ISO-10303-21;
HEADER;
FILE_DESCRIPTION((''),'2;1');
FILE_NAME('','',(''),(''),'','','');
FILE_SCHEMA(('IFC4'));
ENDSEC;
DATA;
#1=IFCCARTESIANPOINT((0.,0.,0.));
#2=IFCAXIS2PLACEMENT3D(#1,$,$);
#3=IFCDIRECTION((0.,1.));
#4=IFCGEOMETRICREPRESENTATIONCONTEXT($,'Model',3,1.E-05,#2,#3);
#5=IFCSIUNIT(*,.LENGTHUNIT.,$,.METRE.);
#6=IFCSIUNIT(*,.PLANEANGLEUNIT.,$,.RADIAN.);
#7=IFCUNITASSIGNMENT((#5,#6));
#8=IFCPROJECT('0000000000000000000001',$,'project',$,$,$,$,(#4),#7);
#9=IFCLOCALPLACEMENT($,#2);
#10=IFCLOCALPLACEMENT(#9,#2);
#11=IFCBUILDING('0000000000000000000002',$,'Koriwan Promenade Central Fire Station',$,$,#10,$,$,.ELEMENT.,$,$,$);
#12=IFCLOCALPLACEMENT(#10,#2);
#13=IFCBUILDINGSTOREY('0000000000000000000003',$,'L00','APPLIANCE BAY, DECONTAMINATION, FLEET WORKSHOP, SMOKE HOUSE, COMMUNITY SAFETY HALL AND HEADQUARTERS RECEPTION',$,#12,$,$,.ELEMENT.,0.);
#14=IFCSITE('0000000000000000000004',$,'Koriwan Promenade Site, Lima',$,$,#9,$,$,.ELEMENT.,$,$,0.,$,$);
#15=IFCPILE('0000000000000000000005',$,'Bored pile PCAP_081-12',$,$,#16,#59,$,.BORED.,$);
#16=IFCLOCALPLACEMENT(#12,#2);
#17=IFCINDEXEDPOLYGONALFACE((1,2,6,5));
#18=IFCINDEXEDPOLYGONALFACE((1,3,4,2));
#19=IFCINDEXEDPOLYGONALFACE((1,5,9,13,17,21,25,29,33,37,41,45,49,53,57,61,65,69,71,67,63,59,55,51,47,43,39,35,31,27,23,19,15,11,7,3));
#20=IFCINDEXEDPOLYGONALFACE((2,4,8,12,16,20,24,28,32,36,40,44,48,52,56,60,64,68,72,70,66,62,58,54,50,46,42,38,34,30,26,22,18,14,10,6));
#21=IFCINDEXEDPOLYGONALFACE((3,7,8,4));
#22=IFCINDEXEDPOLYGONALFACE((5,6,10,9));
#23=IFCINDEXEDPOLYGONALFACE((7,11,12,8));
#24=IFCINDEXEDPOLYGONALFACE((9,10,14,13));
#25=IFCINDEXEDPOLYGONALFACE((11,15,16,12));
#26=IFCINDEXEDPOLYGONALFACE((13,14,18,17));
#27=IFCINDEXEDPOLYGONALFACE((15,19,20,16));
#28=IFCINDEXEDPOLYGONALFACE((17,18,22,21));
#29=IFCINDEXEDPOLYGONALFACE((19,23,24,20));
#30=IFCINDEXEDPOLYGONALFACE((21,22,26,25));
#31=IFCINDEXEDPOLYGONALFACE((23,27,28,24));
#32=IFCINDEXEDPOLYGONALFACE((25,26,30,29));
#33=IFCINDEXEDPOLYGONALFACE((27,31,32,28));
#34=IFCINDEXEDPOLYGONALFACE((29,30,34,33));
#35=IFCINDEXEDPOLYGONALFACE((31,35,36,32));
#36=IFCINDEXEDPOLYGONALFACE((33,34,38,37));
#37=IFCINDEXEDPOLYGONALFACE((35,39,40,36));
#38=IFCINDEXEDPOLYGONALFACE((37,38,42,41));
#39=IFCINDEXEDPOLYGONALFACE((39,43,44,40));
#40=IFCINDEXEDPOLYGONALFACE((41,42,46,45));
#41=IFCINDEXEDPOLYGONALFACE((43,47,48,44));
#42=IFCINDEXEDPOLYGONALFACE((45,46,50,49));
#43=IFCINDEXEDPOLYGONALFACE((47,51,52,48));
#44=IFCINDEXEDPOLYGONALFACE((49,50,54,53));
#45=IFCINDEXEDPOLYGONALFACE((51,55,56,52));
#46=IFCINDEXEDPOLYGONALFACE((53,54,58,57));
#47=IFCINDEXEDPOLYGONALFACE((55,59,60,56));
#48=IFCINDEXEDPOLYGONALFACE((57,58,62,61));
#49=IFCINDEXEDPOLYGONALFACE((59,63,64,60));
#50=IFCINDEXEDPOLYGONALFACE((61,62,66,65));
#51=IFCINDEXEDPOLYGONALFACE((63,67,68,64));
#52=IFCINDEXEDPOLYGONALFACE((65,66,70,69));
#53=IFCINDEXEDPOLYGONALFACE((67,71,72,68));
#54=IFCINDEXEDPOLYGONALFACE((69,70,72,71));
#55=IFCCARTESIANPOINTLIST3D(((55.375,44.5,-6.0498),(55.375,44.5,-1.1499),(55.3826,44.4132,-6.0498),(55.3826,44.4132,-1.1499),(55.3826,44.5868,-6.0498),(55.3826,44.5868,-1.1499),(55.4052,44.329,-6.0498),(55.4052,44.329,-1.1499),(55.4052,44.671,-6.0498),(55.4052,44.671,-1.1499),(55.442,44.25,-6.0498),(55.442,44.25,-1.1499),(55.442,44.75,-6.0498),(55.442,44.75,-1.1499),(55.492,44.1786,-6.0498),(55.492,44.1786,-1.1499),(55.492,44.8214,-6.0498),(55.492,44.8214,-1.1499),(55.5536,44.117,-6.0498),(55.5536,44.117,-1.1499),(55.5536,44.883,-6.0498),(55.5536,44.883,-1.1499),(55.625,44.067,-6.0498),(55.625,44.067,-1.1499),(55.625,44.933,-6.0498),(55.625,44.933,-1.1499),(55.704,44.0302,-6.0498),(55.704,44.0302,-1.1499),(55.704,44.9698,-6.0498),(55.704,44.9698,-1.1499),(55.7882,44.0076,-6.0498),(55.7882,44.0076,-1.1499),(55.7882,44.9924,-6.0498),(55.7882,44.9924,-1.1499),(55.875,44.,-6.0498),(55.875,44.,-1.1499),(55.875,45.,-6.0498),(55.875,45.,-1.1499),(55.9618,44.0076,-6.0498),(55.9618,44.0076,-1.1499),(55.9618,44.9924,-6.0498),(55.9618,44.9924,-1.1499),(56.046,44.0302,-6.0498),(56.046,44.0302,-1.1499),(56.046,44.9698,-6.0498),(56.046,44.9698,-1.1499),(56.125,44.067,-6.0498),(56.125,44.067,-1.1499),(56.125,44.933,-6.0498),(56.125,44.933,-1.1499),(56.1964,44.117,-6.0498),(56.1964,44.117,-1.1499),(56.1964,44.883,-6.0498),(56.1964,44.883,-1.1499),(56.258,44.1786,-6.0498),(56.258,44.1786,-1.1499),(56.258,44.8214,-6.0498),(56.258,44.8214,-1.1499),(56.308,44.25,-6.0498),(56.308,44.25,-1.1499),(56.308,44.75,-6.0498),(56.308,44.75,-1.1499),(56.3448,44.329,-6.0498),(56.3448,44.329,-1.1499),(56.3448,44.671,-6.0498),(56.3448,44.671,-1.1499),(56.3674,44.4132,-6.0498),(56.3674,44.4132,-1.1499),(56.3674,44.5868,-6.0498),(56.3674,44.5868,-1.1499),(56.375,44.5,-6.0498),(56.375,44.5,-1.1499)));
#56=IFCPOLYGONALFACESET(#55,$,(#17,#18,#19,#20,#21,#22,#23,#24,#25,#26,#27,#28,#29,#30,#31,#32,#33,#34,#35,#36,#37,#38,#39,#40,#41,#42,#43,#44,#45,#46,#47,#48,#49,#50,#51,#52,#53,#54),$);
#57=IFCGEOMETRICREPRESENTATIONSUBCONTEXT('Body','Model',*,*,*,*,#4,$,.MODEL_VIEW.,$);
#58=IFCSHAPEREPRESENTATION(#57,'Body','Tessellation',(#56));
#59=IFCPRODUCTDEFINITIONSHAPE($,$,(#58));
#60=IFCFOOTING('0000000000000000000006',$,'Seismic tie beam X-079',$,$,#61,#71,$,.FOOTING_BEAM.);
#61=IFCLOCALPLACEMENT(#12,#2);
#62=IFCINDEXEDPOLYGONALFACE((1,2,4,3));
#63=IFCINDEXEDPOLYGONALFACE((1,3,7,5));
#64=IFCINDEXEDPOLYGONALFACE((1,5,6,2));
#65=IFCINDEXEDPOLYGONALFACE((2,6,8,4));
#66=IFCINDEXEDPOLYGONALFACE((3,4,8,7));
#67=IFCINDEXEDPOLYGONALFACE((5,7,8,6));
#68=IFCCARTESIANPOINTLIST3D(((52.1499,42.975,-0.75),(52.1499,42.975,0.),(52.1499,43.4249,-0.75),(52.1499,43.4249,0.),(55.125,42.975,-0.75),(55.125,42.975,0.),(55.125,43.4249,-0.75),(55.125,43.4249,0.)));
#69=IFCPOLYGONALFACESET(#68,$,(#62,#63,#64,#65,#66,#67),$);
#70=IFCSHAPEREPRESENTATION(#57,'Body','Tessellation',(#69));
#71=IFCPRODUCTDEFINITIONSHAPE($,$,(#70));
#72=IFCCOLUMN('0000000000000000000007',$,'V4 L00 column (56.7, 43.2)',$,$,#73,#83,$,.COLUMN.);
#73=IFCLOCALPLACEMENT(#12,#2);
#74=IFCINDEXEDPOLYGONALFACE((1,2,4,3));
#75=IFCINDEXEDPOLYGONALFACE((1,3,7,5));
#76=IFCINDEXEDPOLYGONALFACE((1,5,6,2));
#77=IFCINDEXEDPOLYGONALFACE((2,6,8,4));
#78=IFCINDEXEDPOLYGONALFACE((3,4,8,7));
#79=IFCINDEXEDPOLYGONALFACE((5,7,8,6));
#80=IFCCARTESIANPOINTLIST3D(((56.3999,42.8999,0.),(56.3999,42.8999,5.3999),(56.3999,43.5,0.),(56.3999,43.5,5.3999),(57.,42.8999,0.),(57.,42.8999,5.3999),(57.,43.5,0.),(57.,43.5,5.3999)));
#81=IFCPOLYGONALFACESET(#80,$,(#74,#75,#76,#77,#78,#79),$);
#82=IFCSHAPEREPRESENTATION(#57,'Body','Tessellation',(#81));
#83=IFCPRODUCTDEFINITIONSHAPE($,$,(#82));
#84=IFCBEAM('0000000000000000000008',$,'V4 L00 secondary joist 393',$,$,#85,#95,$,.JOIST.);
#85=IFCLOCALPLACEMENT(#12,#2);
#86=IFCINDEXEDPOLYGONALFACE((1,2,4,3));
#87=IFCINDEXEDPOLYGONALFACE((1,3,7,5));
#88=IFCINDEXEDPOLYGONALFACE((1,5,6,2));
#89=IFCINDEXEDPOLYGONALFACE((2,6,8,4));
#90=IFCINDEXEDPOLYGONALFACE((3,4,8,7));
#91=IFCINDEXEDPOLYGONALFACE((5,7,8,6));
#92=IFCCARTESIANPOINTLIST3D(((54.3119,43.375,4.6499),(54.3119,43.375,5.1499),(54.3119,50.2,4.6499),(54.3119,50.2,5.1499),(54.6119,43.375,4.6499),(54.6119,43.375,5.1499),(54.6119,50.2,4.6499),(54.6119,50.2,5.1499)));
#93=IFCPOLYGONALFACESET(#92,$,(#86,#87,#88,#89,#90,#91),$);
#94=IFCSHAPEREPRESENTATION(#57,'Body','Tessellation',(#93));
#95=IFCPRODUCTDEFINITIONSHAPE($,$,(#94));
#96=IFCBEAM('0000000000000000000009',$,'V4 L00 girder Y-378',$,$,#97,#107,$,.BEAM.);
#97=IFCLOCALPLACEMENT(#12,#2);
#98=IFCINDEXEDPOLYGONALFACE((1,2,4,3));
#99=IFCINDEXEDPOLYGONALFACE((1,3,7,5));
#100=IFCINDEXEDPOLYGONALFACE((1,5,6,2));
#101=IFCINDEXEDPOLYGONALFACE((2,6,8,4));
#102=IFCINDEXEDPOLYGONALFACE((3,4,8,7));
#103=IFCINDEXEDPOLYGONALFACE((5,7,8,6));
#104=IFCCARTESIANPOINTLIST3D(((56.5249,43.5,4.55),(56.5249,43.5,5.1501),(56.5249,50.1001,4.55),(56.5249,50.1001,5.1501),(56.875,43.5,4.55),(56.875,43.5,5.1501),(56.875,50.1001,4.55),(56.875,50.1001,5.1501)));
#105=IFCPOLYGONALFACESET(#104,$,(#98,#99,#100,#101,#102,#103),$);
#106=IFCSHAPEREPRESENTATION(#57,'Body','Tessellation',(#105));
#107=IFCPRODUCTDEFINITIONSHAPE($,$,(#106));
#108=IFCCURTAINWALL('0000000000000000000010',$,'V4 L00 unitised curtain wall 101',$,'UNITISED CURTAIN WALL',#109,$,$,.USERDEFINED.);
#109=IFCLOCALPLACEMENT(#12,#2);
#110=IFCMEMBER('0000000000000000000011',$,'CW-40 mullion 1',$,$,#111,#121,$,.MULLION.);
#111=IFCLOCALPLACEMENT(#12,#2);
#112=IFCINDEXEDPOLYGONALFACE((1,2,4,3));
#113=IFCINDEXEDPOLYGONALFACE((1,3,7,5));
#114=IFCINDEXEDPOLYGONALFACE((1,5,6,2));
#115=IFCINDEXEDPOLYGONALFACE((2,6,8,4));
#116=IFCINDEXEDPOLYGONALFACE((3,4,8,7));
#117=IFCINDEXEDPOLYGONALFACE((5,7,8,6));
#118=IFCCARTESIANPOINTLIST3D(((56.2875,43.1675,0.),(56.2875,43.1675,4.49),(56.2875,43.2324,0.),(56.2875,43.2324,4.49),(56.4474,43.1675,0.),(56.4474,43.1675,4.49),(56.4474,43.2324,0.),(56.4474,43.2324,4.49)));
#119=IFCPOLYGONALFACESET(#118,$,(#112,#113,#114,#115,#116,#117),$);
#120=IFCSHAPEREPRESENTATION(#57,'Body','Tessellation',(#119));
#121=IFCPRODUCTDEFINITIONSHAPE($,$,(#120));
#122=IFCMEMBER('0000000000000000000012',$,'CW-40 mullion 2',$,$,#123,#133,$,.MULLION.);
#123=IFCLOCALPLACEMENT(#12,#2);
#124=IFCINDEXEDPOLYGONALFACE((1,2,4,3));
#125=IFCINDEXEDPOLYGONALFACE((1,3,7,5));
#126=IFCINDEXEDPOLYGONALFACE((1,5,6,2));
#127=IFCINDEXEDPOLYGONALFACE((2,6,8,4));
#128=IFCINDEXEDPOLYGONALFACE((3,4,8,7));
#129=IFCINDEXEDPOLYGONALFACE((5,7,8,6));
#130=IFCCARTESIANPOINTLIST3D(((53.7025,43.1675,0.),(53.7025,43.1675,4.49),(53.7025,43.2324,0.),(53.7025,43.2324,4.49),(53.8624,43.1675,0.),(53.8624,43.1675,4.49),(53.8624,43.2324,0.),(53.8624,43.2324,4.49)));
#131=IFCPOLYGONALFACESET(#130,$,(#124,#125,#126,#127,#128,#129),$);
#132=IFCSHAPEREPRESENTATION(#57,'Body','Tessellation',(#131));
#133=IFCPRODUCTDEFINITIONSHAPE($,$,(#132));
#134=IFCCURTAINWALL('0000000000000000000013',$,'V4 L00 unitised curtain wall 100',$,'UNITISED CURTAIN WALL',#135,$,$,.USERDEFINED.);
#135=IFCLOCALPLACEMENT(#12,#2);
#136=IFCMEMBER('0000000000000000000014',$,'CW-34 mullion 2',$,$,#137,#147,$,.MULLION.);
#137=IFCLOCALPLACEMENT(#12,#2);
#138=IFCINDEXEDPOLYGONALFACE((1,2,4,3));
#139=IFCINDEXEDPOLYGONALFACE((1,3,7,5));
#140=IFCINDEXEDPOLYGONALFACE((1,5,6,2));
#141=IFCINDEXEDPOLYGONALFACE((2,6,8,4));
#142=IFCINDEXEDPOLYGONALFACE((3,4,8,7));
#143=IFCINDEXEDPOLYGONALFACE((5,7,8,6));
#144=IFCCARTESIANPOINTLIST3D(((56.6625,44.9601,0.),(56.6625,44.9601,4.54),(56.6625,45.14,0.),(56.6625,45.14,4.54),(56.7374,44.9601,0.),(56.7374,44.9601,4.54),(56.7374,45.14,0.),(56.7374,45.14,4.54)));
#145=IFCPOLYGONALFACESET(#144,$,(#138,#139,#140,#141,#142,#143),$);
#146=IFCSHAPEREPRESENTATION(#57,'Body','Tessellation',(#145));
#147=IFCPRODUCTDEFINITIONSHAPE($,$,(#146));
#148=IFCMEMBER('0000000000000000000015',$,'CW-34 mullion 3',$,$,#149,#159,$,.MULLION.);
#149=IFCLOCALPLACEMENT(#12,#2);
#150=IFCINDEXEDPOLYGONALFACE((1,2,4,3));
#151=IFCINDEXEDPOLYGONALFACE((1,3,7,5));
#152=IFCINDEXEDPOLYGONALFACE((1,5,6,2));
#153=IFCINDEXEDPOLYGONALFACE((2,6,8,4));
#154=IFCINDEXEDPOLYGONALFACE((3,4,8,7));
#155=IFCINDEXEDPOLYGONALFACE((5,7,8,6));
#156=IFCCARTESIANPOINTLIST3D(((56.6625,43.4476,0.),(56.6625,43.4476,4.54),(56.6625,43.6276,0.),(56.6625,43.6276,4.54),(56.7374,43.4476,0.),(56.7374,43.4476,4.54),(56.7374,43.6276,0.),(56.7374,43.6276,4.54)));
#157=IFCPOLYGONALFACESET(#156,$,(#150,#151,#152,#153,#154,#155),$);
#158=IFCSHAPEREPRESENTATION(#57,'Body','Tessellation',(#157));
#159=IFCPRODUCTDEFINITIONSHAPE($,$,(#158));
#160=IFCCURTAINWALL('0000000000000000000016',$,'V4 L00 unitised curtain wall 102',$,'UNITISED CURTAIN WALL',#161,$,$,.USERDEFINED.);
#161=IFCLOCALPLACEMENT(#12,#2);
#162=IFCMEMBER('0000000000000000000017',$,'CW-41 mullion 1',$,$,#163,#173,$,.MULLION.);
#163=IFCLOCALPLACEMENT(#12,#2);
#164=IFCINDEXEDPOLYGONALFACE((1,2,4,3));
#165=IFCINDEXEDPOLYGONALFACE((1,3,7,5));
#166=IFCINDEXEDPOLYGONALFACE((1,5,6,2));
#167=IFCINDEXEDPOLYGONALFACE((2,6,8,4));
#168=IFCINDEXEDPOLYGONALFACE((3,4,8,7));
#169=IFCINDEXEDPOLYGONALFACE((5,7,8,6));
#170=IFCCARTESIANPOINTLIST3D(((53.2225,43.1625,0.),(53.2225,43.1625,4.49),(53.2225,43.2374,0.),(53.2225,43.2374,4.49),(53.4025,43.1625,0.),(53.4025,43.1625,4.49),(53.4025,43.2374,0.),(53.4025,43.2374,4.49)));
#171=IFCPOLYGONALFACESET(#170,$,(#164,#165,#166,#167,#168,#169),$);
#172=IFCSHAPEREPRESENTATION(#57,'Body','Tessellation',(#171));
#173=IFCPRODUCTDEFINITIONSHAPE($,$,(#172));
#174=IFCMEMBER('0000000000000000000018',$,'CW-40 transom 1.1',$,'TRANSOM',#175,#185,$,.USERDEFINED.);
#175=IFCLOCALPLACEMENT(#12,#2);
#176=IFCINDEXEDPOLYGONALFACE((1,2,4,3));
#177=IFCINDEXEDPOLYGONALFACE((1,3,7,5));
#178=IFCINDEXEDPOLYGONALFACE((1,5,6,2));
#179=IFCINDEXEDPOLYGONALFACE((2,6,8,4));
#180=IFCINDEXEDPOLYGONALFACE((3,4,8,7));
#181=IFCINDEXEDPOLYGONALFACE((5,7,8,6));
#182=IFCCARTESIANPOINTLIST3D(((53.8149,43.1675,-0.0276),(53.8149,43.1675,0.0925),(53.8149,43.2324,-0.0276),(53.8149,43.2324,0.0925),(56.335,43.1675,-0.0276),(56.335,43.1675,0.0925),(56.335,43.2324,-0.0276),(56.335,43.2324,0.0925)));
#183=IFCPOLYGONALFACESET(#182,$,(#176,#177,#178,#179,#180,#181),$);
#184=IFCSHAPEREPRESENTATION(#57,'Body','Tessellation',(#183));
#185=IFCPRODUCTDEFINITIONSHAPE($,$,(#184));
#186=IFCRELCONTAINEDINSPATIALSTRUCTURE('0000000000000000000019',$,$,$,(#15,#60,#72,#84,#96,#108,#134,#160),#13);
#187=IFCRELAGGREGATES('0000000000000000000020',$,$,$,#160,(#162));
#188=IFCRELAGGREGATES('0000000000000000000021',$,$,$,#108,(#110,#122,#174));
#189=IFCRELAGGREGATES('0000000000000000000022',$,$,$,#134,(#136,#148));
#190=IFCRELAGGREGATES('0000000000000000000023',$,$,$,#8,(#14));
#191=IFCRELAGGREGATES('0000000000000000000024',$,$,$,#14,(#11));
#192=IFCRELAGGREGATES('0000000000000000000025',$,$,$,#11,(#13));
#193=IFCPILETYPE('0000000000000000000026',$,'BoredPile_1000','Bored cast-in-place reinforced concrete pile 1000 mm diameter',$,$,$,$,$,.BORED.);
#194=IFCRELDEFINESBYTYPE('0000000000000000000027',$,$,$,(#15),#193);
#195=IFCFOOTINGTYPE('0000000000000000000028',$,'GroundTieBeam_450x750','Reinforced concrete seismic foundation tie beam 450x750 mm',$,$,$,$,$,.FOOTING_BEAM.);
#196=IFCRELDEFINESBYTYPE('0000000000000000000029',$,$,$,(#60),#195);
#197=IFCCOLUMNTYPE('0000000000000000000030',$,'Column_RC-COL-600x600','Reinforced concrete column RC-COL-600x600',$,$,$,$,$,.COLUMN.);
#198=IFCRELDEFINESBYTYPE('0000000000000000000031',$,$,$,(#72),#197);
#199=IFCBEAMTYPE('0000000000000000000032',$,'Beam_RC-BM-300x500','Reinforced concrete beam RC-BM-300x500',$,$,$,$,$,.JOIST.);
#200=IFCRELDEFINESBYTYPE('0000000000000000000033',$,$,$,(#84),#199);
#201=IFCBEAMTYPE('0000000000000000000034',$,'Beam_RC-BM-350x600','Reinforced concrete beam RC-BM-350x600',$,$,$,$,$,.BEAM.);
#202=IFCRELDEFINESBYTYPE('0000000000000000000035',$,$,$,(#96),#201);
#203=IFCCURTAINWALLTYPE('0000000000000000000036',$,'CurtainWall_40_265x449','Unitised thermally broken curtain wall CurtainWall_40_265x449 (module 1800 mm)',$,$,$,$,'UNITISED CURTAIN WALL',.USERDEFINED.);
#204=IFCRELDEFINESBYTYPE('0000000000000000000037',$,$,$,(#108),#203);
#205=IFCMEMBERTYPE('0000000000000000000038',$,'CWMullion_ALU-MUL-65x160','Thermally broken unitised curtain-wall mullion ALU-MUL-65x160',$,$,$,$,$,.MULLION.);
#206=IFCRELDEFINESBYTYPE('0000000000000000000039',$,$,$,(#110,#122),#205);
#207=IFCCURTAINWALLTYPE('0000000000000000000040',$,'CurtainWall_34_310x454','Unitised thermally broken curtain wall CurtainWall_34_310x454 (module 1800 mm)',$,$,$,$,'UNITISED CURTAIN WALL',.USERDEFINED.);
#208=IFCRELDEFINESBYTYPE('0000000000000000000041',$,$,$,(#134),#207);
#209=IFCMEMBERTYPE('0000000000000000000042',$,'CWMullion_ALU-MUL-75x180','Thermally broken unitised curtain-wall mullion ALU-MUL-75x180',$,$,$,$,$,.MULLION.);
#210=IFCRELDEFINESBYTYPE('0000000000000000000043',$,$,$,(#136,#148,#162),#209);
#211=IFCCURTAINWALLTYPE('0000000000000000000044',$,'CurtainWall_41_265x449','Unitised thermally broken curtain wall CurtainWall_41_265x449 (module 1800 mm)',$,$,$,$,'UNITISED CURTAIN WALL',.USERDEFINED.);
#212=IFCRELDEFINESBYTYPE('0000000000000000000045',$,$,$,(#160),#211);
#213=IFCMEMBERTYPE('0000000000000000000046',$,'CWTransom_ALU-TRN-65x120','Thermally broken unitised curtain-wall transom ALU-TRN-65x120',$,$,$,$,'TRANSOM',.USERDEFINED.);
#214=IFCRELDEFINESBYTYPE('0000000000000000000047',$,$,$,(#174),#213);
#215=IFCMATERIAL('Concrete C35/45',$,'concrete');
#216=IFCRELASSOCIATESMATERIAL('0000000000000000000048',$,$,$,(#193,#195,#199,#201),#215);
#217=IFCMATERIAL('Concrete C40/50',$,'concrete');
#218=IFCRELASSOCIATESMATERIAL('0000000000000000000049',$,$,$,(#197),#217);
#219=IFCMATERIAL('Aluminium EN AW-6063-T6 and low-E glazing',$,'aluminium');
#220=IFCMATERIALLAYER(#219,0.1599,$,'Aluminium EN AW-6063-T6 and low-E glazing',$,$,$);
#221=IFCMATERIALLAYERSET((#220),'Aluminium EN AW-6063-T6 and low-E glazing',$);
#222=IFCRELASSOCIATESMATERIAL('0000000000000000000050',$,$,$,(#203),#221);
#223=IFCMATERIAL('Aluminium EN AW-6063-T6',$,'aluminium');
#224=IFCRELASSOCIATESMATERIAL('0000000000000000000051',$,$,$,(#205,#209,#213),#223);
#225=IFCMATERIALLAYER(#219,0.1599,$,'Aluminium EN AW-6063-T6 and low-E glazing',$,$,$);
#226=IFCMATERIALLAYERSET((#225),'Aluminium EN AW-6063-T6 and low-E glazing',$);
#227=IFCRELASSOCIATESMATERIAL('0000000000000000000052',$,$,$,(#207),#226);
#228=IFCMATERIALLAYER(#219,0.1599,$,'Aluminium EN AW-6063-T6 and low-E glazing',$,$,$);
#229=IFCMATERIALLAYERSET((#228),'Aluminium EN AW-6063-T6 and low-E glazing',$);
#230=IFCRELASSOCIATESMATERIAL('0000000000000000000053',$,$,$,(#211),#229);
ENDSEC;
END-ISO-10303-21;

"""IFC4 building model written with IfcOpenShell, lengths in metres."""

from ifc_helpers import new_model, si_unit, direction, frame, origin, origin_2d, place, context, subcontext, project, spatial, rectangle, circle, extrude, material, layer, layer_set, material_profile, profile_set, type_object, element, aggregate, save


model = new_model("IFC4")

# Units and contexts
model_context = context("Model", 3, precision=1e-05, world=origin(), true_north=direction((0.0, 1.0)))
body_context = subcontext(model_context, "Body", "Model", "MODEL_VIEW")
ifc_project = project(units=[si_unit("LENGTHUNIT", "METRE"), si_unit("PLANEANGLEUNIT", "RADIAN")], contexts=[model_context])

# Site, building, storey
site_placement = place(None, origin())
site = spatial("IfcSite", under=ifc_project, at=site_placement, Name="Koriwan Promenade Site, Lima", CompositionType="ELEMENT", RefElevation=0.0)
building_placement = place(site_placement, origin())
building = spatial("IfcBuilding", under=site, at=building_placement, Name="Koriwan Promenade Central Fire Station", CompositionType="ELEMENT")
storey_placement = place(building_placement, origin())
storey = spatial("IfcBuildingStorey", under=building, at=storey_placement, Name="L00", Description="APPLIANCE BAY, DECONTAMINATION, FLEET WORKSHOP, SMOKE HOUSE, COMMUNITY SAFETY HALL AND HEADQUARTERS RECEPTION", CompositionType="ELEMENT", Elevation=0.0)

# Pile
ifc_material_1 = material(Name="Concrete C35/45", Category="concrete")
ifc_material_profile_1 = material_profile(ifc_material_1, circle(Radius=0.5, at=origin_2d()), Name="PILE-D1000")
ifc_profile_set_1 = profile_set([ifc_material_profile_1], Name="Concrete C35/45")
pile_type = type_object("IfcPileType", Name="BoredPile_1000", Description="Bored cast-in-place reinforced concrete pile 1000 mm diameter", PredefinedType="BORED", material=ifc_profile_set_1)
pile_placement = place(storey_placement, frame((55.875, 44.5, -1.1499), z_axis=(0.0, 0.0, -1.0), x_axis=(1.0, 0.0, 0.0)))
element("IfcPile", 1, at=pile_placement, inside=storey, type_object=pile_type, Name="Bored pile PCAP_081-12", PredefinedType="BORED", context=body_context, shape_type="SweptSolid", body=[
    extrude(circle(Radius=0.5, at=origin_2d()), origin(), (0.0, 0.0, 1.0), 4.8999),
])

# Footing
footing_type = type_object("IfcFootingType", Name="GroundTieBeam_450x750", Description="Reinforced concrete seismic foundation tie beam 450x750 mm", PredefinedType="FOOTING_BEAM", material=ifc_material_1)
footing_placement = place(storey_placement, frame((53.6375, 43.2, -0.75), z_axis=(0.0, 0.0, 1.0), x_axis=(1.0, 0.0, 0.0)))
element("IfcFooting", 2, at=footing_placement, inside=storey, type_object=footing_type, Name="Seismic tie beam X-079", PredefinedType="FOOTING_BEAM", context=body_context, shape_type="SweptSolid", body=[
    extrude(rectangle(XDim=2.9751, YDim=0.45, at=origin_2d()), origin(), (0.0, 0.0, 1.0), 0.75),
])

# Column
ifc_material_2 = material(Name="Concrete C40/50", Category="concrete")
ifc_material_profile_2 = material_profile(ifc_material_2, rectangle(XDim=0.6001, YDim=0.6001, at=origin_2d()), Name="RC-COL-600x600")
ifc_profile_set_2 = profile_set([ifc_material_profile_2], Name="Concrete C40/50")
column_type = type_object("IfcColumnType", Name="Column_RC-COL-600x600", Description="Reinforced concrete column RC-COL-600x600", PredefinedType="COLUMN", material=ifc_profile_set_2)
column_placement = place(storey_placement, frame((56.7, 43.2, 0.0), z_axis=(0.0, 0.0, 1.0), x_axis=(1.0, 0.0, 0.0)))
element("IfcColumn", 3, at=column_placement, inside=storey, type_object=column_type, Name="V4 L00 column (56.7, 43.2)", PredefinedType="COLUMN", context=body_context, shape_type="SweptSolid", body=[
    extrude(rectangle(XDim=0.6001, YDim=0.6001, at=origin_2d()), origin(), (0.0, 0.0, 1.0), 5.3999),
])

# Beams
ifc_material_profile_3 = material_profile(ifc_material_1, rectangle(XDim=0.3, YDim=0.5, at=origin_2d()), Name="RC-BM-300x500")
ifc_profile_set_3 = profile_set([ifc_material_profile_3], Name="Concrete C35/45")
beam_type_1 = type_object("IfcBeamType", Name="Beam_RC-BM-300x500", Description="Reinforced concrete beam RC-BM-300x500", PredefinedType="JOIST", material=ifc_profile_set_3)
beam_1_placement = place(storey_placement, frame((54.4619, 43.375, 4.8999), z_axis=(0.0, 1.0, 0.0), x_axis=(-1.0, 0.0, 0.0)))
element("IfcBeam", 4, at=beam_1_placement, inside=storey, type_object=beam_type_1, Name="V4 L00 secondary joist 393", PredefinedType="JOIST", context=body_context, shape_type="SweptSolid", body=[
    extrude(rectangle(XDim=0.3, YDim=0.5, at=origin_2d()), origin(), (0.0, 0.0, 1.0), 6.825),
])
ifc_material_profile_4 = material_profile(ifc_material_1, rectangle(XDim=0.3501, YDim=0.6001, at=origin_2d()), Name="RC-BM-350x600")
ifc_profile_set_4 = profile_set([ifc_material_profile_4], Name="Concrete C35/45")
beam_type_2 = type_object("IfcBeamType", Name="Beam_RC-BM-350x600", Description="Reinforced concrete beam RC-BM-350x600", PredefinedType="BEAM", material=ifc_profile_set_4)
beam_2_placement = place(storey_placement, frame((56.7, 43.5, 4.8501), z_axis=(0.0, 1.0, 0.0), x_axis=(-1.0, 0.0, 0.0)))
element("IfcBeam", 5, at=beam_2_placement, inside=storey, type_object=beam_type_2, Name="V4 L00 girder Y-378", PredefinedType="BEAM", context=body_context, shape_type="SweptSolid", body=[
    extrude(rectangle(XDim=0.3501, YDim=0.6001, at=origin_2d()), origin(), (0.0, 0.0, 1.0), 6.6001),
])

# Curtain walls, members
ifc_material_3 = material(Name="Aluminium EN AW-6063-T6 and low-E glazing", Category="aluminium")
ifc_layer_1 = layer(ifc_material_3, 0.1599, Name="Aluminium EN AW-6063-T6 and low-E glazing")
ifc_layer_set_1 = layer_set([ifc_layer_1], Name="Aluminium EN AW-6063-T6 and low-E glazing")
curtain_wall_type_1 = type_object("IfcCurtainWallType", Name="CurtainWall_40_265x449", Description="Unitised thermally broken curtain wall CurtainWall_40_265x449 (module 1800 mm)", ElementType="UNITISED CURTAIN WALL", PredefinedType="USERDEFINED", material=ifc_layer_set_1)
curtain_wall_1_placement = place(storey_placement, origin())
curtain_wall_1 = element("IfcCurtainWall", 6, at=curtain_wall_1_placement, inside=storey, type_object=curtain_wall_type_1, Name="V4 L00 unitised curtain wall 101", ObjectType="UNITISED CURTAIN WALL", PredefinedType="USERDEFINED")
ifc_material_4 = material(Name="Aluminium EN AW-6063-T6", Category="aluminium")
ifc_material_profile_5 = material_profile(ifc_material_4, rectangle(XDim=0.0649, YDim=0.1599, at=origin_2d()), Name="ALU-MUL-65x160")
ifc_profile_set_5 = profile_set([ifc_material_profile_5], Name="Aluminium EN AW-6063-T6")
member_type_1 = type_object("IfcMemberType", Name="CWMullion_ALU-MUL-65x160", Description="Thermally broken unitised curtain-wall mullion ALU-MUL-65x160", PredefinedType="MULLION", material=ifc_profile_set_5)
member_1_placement = place(storey_placement, frame((56.3674, 43.2, 0.0), z_axis=(0.0, 0.0, 1.0), x_axis=(0.0, -1.0, 0.0)))
member_1 = element("IfcMember", 7, at=member_1_placement, type_object=member_type_1, Name="CW-40 mullion 1", PredefinedType="MULLION", context=body_context, shape_type="SweptSolid", body=[
    extrude(rectangle(XDim=0.0649, YDim=0.1599, at=origin_2d()), origin(), (0.0, 0.0, 1.0), 4.49),
])
member_2_placement = place(storey_placement, frame((53.7825, 43.2, 0.0), z_axis=(0.0, 0.0, 1.0), x_axis=(0.0, -1.0, 0.0)))
member_2 = element("IfcMember", 8, at=member_2_placement, type_object=member_type_1, Name="CW-40 mullion 2", PredefinedType="MULLION", context=body_context, shape_type="SweptSolid", body=[
    extrude(rectangle(XDim=0.0649, YDim=0.1599, at=origin_2d()), origin(), (0.0, 0.0, 1.0), 4.49),
])
ifc_layer_2 = layer(ifc_material_3, 0.1599, Name="Aluminium EN AW-6063-T6 and low-E glazing")
ifc_layer_set_2 = layer_set([ifc_layer_2], Name="Aluminium EN AW-6063-T6 and low-E glazing")
curtain_wall_type_2 = type_object("IfcCurtainWallType", Name="CurtainWall_34_310x454", Description="Unitised thermally broken curtain wall CurtainWall_34_310x454 (module 1800 mm)", ElementType="UNITISED CURTAIN WALL", PredefinedType="USERDEFINED", material=ifc_layer_set_2)
curtain_wall_2_placement = place(storey_placement, origin())
curtain_wall_2 = element("IfcCurtainWall", 9, at=curtain_wall_2_placement, inside=storey, type_object=curtain_wall_type_2, Name="V4 L00 unitised curtain wall 100", ObjectType="UNITISED CURTAIN WALL", PredefinedType="USERDEFINED")
ifc_material_profile_6 = material_profile(ifc_material_4, rectangle(XDim=0.075, YDim=0.1799, at=origin_2d()), Name="ALU-MUL-75x180")
ifc_profile_set_6 = profile_set([ifc_material_profile_6], Name="Aluminium EN AW-6063-T6")
member_type_2 = type_object("IfcMemberType", Name="CWMullion_ALU-MUL-75x180", Description="Thermally broken unitised curtain-wall mullion ALU-MUL-75x180", PredefinedType="MULLION", material=ifc_profile_set_6)
member_3_placement = place(storey_placement, frame((56.7, 45.05, 0.0), z_axis=(0.0, 0.0, 1.0), x_axis=(1.0, 0.0, 0.0)))
member_3 = element("IfcMember", 10, at=member_3_placement, type_object=member_type_2, Name="CW-34 mullion 2", PredefinedType="MULLION", context=body_context, shape_type="SweptSolid", body=[
    extrude(rectangle(XDim=0.075, YDim=0.1799, at=origin_2d()), origin(), (0.0, 0.0, 1.0), 4.54),
])
member_4_placement = place(storey_placement, frame((56.7, 43.5376, 0.0), z_axis=(0.0, 0.0, 1.0), x_axis=(1.0, 0.0, 0.0)))
member_4 = element("IfcMember", 11, at=member_4_placement, type_object=member_type_2, Name="CW-34 mullion 3", PredefinedType="MULLION", context=body_context, shape_type="SweptSolid", body=[
    extrude(rectangle(XDim=0.075, YDim=0.1799, at=origin_2d()), origin(), (0.0, 0.0, 1.0), 4.54),
])

# Curtain wall, member
ifc_layer_3 = layer(ifc_material_3, 0.1599, Name="Aluminium EN AW-6063-T6 and low-E glazing")
ifc_layer_set_3 = layer_set([ifc_layer_3], Name="Aluminium EN AW-6063-T6 and low-E glazing")
curtain_wall_type_3 = type_object("IfcCurtainWallType", Name="CurtainWall_41_265x449", Description="Unitised thermally broken curtain wall CurtainWall_41_265x449 (module 1800 mm)", ElementType="UNITISED CURTAIN WALL", PredefinedType="USERDEFINED", material=ifc_layer_set_3)
curtain_wall_3_placement = place(storey_placement, origin())
curtain_wall_3 = element("IfcCurtainWall", 12, at=curtain_wall_3_placement, inside=storey, type_object=curtain_wall_type_3, Name="V4 L00 unitised curtain wall 102", ObjectType="UNITISED CURTAIN WALL", PredefinedType="USERDEFINED")
member_5_placement = place(storey_placement, frame((53.3125, 43.2, 0.0), z_axis=(0.0, 0.0, 1.0), x_axis=(0.0, -1.0, 0.0)))
member_5 = element("IfcMember", 13, at=member_5_placement, type_object=member_type_2, Name="CW-41 mullion 1", PredefinedType="MULLION", context=body_context, shape_type="SweptSolid", body=[
    extrude(rectangle(XDim=0.075, YDim=0.1799, at=origin_2d()), origin(), (0.0, 0.0, 1.0), 4.49),
])

# Member
ifc_material_profile_7 = material_profile(ifc_material_4, rectangle(XDim=0.0649, YDim=0.1201, at=origin_2d()), Name="ALU-TRN-65x120")
ifc_profile_set_7 = profile_set([ifc_material_profile_7], Name="Aluminium EN AW-6063-T6")
member_type_3 = type_object("IfcMemberType", Name="CWTransom_ALU-TRN-65x120", Description="Thermally broken unitised curtain-wall transom ALU-TRN-65x120", ElementType="TRANSOM", PredefinedType="USERDEFINED", material=ifc_profile_set_7)
member_6_placement = place(storey_placement, frame((56.335, 43.2, 0.0325), z_axis=(-1.0, 0.0, 0.0), x_axis=(0.0, -1.0, 0.0)))
member_6 = element("IfcMember", 14, at=member_6_placement, type_object=member_type_3, Name="CW-40 transom 1.1", ObjectType="TRANSOM", PredefinedType="USERDEFINED", context=body_context, shape_type="SweptSolid", body=[
    extrude(rectangle(XDim=0.0649, YDim=0.1201, at=origin_2d()), origin(), (0.0, 0.0, 1.0), 2.52),
])
aggregate(curtain_wall_3, [member_5])

aggregate(curtain_wall_1, [member_1, member_2, member_6])
aggregate(curtain_wall_2, [member_3, member_4])

save(model, "model.ifc")
